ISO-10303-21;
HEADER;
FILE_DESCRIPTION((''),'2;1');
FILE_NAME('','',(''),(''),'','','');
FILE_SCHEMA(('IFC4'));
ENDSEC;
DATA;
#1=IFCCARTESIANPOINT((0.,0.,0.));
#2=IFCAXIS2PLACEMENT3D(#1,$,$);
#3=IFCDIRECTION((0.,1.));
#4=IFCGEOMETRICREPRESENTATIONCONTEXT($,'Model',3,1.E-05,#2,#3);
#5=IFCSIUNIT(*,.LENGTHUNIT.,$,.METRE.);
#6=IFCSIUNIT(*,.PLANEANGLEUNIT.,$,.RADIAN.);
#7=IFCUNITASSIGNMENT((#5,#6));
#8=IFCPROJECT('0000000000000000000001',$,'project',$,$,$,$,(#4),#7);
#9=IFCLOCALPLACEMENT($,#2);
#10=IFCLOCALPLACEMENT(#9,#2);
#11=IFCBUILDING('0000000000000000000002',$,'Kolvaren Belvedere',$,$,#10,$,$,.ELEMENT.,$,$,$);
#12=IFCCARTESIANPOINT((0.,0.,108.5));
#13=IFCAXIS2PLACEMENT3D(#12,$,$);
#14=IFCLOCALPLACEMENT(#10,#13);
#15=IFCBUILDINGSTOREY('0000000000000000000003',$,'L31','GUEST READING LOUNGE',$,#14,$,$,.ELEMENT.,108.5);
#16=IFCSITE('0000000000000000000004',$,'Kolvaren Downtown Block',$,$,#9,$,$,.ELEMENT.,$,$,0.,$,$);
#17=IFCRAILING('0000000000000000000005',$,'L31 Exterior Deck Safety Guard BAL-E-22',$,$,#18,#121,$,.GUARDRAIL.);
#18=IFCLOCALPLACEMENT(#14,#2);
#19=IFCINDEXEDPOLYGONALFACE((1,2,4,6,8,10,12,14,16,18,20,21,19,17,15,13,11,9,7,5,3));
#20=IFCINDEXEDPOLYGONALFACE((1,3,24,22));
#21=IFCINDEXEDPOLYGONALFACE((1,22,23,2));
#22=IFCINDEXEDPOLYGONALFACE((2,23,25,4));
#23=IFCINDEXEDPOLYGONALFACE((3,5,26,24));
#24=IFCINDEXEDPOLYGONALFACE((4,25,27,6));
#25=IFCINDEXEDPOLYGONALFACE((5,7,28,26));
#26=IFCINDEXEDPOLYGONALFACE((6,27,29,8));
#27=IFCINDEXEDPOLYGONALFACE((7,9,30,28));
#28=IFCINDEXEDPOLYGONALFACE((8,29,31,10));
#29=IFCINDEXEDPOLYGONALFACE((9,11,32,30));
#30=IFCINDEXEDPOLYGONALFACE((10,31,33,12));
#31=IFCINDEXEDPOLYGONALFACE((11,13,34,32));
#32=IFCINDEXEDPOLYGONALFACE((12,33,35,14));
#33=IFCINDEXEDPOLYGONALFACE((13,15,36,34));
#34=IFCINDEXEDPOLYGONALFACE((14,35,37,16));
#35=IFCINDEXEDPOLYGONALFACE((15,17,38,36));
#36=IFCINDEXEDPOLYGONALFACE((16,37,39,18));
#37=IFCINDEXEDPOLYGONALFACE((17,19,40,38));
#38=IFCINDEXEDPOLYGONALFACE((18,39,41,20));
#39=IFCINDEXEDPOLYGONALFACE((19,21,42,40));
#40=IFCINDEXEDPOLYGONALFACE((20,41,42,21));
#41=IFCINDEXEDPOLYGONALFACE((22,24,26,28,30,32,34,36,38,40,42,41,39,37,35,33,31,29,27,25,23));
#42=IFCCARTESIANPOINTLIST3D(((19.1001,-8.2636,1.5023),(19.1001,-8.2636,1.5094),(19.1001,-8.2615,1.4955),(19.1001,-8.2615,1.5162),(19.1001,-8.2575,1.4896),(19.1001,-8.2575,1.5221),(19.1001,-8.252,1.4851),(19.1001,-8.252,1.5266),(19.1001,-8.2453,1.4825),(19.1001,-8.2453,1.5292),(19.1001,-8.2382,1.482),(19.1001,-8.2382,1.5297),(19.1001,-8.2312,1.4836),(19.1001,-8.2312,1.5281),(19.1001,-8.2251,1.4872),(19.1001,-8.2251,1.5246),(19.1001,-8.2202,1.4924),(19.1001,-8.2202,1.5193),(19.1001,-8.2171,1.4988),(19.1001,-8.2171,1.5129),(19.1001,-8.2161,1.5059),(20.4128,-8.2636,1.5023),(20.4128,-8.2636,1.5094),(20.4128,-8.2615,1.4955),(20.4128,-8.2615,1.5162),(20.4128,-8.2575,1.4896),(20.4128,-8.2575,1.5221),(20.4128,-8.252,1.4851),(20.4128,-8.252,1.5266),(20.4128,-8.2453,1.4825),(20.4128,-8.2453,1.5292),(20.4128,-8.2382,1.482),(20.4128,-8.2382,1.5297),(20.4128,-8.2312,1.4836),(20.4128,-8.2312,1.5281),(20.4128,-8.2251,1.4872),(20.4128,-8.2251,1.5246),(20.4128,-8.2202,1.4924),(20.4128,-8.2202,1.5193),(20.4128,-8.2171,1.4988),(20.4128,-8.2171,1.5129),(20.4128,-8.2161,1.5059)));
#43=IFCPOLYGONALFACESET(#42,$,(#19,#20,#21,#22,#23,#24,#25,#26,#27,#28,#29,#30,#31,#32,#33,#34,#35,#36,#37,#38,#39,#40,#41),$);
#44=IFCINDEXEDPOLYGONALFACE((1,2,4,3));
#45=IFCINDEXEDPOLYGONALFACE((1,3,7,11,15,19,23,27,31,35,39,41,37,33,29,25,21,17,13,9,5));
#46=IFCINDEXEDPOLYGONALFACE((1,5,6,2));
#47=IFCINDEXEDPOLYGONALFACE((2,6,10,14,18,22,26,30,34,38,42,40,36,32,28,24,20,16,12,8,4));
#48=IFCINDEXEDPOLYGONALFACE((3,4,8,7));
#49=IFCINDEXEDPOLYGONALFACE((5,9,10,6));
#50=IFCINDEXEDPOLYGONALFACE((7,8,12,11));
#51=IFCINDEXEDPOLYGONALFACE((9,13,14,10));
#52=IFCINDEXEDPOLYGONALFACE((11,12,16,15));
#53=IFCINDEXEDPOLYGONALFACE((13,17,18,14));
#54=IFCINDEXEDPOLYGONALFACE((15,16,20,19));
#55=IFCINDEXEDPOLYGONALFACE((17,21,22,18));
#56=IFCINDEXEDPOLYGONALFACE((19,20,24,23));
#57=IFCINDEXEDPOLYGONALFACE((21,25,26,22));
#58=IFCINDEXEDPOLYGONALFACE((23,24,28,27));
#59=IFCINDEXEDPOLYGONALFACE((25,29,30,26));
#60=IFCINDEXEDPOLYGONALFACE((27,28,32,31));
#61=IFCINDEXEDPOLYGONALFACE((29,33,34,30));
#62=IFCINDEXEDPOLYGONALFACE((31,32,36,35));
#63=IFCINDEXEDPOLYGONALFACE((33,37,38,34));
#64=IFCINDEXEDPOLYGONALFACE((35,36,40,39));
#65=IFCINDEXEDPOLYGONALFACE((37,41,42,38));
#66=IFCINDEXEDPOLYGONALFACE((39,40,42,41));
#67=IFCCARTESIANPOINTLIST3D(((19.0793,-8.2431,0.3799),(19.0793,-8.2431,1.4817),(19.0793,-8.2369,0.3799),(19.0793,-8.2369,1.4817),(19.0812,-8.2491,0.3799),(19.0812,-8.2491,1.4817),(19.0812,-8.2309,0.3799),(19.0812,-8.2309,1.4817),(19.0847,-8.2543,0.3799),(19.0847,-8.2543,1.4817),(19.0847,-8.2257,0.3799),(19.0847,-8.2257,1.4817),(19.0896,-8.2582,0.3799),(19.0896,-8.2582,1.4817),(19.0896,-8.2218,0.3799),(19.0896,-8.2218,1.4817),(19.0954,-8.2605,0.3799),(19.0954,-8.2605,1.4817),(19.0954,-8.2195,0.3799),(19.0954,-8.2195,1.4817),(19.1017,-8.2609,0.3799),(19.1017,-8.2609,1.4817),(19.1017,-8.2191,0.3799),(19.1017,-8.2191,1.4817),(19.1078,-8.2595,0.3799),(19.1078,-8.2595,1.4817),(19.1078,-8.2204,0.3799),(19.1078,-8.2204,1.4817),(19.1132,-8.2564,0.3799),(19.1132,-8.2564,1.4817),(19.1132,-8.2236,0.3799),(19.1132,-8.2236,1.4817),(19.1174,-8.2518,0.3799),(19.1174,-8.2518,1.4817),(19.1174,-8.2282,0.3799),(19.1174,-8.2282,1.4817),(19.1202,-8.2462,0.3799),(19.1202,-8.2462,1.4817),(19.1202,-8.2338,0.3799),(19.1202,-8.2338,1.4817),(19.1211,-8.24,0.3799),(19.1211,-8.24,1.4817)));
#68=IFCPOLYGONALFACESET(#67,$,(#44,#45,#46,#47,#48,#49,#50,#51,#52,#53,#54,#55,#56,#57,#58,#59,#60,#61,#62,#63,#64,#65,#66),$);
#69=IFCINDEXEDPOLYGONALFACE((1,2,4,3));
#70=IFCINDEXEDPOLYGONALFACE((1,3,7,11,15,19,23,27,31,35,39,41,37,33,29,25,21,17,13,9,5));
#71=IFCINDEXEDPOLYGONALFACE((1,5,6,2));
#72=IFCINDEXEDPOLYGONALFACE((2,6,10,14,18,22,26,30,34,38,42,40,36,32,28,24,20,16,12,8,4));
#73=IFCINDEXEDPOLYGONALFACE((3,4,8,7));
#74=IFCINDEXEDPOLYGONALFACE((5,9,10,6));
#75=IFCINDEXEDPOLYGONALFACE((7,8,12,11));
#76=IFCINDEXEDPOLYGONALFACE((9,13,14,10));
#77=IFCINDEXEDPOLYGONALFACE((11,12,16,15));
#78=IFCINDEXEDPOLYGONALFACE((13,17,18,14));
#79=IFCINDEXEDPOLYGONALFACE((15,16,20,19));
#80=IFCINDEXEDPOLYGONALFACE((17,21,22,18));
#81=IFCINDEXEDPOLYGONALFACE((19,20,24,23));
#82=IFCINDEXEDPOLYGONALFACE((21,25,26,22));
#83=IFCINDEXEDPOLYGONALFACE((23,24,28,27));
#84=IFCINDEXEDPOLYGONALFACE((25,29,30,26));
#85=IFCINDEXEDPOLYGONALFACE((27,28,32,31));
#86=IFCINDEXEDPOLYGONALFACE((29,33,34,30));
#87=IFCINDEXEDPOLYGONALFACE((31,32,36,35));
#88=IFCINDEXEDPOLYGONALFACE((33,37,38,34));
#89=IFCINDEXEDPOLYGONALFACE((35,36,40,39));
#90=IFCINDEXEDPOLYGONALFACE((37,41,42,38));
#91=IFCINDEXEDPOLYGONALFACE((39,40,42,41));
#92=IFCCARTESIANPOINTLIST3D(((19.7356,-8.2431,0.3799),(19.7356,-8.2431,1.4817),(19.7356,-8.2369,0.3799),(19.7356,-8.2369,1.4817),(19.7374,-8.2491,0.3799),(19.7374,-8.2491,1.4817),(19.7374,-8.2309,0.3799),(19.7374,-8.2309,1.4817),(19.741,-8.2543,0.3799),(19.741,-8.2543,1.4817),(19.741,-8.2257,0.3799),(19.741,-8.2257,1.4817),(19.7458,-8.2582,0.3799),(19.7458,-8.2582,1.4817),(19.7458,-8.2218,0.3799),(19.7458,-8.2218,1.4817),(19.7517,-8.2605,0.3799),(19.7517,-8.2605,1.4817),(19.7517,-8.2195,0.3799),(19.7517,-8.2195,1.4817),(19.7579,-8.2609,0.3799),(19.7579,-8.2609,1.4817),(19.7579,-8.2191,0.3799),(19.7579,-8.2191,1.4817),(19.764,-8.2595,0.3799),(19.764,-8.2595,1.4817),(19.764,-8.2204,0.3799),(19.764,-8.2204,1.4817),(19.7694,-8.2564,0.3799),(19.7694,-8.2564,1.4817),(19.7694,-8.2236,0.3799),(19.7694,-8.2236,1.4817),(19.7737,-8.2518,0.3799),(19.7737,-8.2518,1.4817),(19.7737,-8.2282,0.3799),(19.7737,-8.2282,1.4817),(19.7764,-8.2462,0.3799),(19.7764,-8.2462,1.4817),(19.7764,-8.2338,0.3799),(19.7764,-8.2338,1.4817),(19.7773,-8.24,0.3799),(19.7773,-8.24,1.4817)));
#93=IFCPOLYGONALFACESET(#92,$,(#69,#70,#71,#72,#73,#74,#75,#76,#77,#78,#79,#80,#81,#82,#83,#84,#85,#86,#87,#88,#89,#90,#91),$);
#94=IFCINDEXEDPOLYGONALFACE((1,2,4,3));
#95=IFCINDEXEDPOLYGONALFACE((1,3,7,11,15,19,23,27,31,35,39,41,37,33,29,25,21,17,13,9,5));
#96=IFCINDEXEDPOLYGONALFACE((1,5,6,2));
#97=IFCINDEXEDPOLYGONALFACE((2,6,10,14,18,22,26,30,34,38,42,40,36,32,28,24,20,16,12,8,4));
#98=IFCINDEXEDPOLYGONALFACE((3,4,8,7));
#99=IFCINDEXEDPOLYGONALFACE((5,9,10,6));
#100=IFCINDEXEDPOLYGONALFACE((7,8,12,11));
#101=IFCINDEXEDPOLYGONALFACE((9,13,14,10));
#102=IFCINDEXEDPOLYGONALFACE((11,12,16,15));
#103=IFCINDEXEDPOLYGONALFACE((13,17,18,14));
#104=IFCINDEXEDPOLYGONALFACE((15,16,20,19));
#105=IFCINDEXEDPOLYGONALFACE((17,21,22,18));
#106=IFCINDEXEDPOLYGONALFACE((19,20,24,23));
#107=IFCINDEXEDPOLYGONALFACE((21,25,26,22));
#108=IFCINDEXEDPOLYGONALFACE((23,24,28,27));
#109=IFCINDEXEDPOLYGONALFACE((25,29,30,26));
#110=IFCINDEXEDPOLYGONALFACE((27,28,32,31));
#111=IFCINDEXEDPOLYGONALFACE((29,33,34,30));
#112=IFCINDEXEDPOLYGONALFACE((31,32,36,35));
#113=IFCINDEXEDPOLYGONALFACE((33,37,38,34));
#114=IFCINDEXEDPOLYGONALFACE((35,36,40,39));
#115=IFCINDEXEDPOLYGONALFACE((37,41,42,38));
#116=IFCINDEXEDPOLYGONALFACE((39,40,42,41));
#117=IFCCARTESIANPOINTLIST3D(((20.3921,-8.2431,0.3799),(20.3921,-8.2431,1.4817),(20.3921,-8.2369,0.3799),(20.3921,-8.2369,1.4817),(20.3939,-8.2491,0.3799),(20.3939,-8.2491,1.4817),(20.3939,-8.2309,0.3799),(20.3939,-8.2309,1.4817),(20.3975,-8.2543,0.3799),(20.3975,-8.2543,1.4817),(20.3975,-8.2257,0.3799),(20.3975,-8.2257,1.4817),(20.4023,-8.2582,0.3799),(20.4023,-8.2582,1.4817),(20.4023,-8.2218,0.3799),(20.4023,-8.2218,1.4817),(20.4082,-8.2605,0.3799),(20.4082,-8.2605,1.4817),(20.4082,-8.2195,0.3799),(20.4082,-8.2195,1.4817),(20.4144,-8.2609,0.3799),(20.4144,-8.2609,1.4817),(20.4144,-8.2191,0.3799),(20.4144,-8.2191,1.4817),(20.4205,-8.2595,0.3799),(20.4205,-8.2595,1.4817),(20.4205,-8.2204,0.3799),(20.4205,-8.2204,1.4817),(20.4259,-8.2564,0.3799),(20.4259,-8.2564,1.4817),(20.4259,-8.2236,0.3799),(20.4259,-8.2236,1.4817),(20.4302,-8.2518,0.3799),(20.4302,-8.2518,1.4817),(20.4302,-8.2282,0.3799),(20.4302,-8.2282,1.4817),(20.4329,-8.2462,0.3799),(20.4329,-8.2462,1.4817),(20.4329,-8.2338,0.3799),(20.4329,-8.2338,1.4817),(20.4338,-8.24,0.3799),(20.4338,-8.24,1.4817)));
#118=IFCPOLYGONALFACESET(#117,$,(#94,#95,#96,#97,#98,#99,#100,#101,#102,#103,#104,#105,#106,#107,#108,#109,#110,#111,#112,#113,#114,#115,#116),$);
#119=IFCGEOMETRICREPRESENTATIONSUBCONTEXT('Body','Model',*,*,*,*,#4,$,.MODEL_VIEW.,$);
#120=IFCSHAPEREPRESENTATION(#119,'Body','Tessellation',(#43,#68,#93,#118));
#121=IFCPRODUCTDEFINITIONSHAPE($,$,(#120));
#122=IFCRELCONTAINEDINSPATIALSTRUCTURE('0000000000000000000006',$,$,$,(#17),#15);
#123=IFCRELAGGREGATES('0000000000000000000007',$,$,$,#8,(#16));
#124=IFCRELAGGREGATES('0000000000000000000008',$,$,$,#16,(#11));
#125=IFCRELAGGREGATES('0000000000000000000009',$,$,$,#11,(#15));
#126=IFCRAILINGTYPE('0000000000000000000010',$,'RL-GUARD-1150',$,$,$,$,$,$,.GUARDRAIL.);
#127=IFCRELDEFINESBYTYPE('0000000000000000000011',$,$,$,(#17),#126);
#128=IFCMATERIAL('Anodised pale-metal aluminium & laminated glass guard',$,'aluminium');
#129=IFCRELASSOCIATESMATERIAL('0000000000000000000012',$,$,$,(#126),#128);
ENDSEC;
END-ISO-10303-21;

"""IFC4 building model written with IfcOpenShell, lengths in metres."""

from ifc_helpers import new_model, si_unit, direction, frame, origin, origin_2d, place, context, subcontext, project, spatial, circle, extrude, material, type_object, element, save


model = new_model("IFC4")

# Units and contexts
model_context = context("Model", 3, precision=1e-05, world=origin(), true_north=direction((0.0, 1.0)))
body_context = subcontext(model_context, "Body", "Model", "MODEL_VIEW")
ifc_project = project(units=[si_unit("LENGTHUNIT", "METRE"), si_unit("PLANEANGLEUNIT", "RADIAN")], contexts=[model_context])

# Site, building, storey
site_placement = place(None, origin())
site = spatial("IfcSite", under=ifc_project, at=site_placement, Name="Kolvaren Downtown Block", CompositionType="ELEMENT", RefElevation=0.0)
building_placement = place(site_placement, origin())
building = spatial("IfcBuilding", under=site, at=building_placement, Name="Kolvaren Belvedere", CompositionType="ELEMENT")
storey_placement = place(building_placement, frame((0.0, 0.0, 108.5)))
storey = spatial("IfcBuildingStorey", under=building, at=storey_placement, Name="L31", Description="GUEST READING LOUNGE", CompositionType="ELEMENT", Elevation=108.5)

# Railing
ifc_material_1 = material(Name="Anodised pale-metal aluminium & laminated glass guard", Category="aluminium")
railing_type = type_object("IfcRailingType", Name="RL-GUARD-1150", PredefinedType="GUARDRAIL", material=ifc_material_1)
railing_1_placement = place(storey_placement, frame((19.1001, -8.24, 0.3799)))
element("IfcRailing", 1, at=railing_1_placement, inside=storey, type_object=railing_type, Name="L31 Exterior Deck Safety Guard BAL-E-22", PredefinedType="GUARDRAIL", context=body_context, shape_type="SweptSolid", body=[
    extrude(circle(Radius=0.0239, at=origin_2d()), frame((0.0, 0.0, 1.126), z_axis=(1.0, 0.0, 0.0), x_axis=(0.0, 1.0, 0.0)), (0.0, 0.0, 1.0), 1.3127),
    extrude(circle(Radius=0.021, at=origin_2d()), origin(), (0.0, 0.0, 1.0), 1.1018),
    extrude(circle(Radius=0.021, at=origin_2d()), frame((0.6562, 0.0, 0.0)), (0.0, 0.0, 1.0), 1.1018),
    extrude(circle(Radius=0.021, at=origin_2d()), frame((1.3127, 0.0, 0.0)), (0.0, 0.0, 1.0), 1.1018),
])

save(model, "model.ifc")
